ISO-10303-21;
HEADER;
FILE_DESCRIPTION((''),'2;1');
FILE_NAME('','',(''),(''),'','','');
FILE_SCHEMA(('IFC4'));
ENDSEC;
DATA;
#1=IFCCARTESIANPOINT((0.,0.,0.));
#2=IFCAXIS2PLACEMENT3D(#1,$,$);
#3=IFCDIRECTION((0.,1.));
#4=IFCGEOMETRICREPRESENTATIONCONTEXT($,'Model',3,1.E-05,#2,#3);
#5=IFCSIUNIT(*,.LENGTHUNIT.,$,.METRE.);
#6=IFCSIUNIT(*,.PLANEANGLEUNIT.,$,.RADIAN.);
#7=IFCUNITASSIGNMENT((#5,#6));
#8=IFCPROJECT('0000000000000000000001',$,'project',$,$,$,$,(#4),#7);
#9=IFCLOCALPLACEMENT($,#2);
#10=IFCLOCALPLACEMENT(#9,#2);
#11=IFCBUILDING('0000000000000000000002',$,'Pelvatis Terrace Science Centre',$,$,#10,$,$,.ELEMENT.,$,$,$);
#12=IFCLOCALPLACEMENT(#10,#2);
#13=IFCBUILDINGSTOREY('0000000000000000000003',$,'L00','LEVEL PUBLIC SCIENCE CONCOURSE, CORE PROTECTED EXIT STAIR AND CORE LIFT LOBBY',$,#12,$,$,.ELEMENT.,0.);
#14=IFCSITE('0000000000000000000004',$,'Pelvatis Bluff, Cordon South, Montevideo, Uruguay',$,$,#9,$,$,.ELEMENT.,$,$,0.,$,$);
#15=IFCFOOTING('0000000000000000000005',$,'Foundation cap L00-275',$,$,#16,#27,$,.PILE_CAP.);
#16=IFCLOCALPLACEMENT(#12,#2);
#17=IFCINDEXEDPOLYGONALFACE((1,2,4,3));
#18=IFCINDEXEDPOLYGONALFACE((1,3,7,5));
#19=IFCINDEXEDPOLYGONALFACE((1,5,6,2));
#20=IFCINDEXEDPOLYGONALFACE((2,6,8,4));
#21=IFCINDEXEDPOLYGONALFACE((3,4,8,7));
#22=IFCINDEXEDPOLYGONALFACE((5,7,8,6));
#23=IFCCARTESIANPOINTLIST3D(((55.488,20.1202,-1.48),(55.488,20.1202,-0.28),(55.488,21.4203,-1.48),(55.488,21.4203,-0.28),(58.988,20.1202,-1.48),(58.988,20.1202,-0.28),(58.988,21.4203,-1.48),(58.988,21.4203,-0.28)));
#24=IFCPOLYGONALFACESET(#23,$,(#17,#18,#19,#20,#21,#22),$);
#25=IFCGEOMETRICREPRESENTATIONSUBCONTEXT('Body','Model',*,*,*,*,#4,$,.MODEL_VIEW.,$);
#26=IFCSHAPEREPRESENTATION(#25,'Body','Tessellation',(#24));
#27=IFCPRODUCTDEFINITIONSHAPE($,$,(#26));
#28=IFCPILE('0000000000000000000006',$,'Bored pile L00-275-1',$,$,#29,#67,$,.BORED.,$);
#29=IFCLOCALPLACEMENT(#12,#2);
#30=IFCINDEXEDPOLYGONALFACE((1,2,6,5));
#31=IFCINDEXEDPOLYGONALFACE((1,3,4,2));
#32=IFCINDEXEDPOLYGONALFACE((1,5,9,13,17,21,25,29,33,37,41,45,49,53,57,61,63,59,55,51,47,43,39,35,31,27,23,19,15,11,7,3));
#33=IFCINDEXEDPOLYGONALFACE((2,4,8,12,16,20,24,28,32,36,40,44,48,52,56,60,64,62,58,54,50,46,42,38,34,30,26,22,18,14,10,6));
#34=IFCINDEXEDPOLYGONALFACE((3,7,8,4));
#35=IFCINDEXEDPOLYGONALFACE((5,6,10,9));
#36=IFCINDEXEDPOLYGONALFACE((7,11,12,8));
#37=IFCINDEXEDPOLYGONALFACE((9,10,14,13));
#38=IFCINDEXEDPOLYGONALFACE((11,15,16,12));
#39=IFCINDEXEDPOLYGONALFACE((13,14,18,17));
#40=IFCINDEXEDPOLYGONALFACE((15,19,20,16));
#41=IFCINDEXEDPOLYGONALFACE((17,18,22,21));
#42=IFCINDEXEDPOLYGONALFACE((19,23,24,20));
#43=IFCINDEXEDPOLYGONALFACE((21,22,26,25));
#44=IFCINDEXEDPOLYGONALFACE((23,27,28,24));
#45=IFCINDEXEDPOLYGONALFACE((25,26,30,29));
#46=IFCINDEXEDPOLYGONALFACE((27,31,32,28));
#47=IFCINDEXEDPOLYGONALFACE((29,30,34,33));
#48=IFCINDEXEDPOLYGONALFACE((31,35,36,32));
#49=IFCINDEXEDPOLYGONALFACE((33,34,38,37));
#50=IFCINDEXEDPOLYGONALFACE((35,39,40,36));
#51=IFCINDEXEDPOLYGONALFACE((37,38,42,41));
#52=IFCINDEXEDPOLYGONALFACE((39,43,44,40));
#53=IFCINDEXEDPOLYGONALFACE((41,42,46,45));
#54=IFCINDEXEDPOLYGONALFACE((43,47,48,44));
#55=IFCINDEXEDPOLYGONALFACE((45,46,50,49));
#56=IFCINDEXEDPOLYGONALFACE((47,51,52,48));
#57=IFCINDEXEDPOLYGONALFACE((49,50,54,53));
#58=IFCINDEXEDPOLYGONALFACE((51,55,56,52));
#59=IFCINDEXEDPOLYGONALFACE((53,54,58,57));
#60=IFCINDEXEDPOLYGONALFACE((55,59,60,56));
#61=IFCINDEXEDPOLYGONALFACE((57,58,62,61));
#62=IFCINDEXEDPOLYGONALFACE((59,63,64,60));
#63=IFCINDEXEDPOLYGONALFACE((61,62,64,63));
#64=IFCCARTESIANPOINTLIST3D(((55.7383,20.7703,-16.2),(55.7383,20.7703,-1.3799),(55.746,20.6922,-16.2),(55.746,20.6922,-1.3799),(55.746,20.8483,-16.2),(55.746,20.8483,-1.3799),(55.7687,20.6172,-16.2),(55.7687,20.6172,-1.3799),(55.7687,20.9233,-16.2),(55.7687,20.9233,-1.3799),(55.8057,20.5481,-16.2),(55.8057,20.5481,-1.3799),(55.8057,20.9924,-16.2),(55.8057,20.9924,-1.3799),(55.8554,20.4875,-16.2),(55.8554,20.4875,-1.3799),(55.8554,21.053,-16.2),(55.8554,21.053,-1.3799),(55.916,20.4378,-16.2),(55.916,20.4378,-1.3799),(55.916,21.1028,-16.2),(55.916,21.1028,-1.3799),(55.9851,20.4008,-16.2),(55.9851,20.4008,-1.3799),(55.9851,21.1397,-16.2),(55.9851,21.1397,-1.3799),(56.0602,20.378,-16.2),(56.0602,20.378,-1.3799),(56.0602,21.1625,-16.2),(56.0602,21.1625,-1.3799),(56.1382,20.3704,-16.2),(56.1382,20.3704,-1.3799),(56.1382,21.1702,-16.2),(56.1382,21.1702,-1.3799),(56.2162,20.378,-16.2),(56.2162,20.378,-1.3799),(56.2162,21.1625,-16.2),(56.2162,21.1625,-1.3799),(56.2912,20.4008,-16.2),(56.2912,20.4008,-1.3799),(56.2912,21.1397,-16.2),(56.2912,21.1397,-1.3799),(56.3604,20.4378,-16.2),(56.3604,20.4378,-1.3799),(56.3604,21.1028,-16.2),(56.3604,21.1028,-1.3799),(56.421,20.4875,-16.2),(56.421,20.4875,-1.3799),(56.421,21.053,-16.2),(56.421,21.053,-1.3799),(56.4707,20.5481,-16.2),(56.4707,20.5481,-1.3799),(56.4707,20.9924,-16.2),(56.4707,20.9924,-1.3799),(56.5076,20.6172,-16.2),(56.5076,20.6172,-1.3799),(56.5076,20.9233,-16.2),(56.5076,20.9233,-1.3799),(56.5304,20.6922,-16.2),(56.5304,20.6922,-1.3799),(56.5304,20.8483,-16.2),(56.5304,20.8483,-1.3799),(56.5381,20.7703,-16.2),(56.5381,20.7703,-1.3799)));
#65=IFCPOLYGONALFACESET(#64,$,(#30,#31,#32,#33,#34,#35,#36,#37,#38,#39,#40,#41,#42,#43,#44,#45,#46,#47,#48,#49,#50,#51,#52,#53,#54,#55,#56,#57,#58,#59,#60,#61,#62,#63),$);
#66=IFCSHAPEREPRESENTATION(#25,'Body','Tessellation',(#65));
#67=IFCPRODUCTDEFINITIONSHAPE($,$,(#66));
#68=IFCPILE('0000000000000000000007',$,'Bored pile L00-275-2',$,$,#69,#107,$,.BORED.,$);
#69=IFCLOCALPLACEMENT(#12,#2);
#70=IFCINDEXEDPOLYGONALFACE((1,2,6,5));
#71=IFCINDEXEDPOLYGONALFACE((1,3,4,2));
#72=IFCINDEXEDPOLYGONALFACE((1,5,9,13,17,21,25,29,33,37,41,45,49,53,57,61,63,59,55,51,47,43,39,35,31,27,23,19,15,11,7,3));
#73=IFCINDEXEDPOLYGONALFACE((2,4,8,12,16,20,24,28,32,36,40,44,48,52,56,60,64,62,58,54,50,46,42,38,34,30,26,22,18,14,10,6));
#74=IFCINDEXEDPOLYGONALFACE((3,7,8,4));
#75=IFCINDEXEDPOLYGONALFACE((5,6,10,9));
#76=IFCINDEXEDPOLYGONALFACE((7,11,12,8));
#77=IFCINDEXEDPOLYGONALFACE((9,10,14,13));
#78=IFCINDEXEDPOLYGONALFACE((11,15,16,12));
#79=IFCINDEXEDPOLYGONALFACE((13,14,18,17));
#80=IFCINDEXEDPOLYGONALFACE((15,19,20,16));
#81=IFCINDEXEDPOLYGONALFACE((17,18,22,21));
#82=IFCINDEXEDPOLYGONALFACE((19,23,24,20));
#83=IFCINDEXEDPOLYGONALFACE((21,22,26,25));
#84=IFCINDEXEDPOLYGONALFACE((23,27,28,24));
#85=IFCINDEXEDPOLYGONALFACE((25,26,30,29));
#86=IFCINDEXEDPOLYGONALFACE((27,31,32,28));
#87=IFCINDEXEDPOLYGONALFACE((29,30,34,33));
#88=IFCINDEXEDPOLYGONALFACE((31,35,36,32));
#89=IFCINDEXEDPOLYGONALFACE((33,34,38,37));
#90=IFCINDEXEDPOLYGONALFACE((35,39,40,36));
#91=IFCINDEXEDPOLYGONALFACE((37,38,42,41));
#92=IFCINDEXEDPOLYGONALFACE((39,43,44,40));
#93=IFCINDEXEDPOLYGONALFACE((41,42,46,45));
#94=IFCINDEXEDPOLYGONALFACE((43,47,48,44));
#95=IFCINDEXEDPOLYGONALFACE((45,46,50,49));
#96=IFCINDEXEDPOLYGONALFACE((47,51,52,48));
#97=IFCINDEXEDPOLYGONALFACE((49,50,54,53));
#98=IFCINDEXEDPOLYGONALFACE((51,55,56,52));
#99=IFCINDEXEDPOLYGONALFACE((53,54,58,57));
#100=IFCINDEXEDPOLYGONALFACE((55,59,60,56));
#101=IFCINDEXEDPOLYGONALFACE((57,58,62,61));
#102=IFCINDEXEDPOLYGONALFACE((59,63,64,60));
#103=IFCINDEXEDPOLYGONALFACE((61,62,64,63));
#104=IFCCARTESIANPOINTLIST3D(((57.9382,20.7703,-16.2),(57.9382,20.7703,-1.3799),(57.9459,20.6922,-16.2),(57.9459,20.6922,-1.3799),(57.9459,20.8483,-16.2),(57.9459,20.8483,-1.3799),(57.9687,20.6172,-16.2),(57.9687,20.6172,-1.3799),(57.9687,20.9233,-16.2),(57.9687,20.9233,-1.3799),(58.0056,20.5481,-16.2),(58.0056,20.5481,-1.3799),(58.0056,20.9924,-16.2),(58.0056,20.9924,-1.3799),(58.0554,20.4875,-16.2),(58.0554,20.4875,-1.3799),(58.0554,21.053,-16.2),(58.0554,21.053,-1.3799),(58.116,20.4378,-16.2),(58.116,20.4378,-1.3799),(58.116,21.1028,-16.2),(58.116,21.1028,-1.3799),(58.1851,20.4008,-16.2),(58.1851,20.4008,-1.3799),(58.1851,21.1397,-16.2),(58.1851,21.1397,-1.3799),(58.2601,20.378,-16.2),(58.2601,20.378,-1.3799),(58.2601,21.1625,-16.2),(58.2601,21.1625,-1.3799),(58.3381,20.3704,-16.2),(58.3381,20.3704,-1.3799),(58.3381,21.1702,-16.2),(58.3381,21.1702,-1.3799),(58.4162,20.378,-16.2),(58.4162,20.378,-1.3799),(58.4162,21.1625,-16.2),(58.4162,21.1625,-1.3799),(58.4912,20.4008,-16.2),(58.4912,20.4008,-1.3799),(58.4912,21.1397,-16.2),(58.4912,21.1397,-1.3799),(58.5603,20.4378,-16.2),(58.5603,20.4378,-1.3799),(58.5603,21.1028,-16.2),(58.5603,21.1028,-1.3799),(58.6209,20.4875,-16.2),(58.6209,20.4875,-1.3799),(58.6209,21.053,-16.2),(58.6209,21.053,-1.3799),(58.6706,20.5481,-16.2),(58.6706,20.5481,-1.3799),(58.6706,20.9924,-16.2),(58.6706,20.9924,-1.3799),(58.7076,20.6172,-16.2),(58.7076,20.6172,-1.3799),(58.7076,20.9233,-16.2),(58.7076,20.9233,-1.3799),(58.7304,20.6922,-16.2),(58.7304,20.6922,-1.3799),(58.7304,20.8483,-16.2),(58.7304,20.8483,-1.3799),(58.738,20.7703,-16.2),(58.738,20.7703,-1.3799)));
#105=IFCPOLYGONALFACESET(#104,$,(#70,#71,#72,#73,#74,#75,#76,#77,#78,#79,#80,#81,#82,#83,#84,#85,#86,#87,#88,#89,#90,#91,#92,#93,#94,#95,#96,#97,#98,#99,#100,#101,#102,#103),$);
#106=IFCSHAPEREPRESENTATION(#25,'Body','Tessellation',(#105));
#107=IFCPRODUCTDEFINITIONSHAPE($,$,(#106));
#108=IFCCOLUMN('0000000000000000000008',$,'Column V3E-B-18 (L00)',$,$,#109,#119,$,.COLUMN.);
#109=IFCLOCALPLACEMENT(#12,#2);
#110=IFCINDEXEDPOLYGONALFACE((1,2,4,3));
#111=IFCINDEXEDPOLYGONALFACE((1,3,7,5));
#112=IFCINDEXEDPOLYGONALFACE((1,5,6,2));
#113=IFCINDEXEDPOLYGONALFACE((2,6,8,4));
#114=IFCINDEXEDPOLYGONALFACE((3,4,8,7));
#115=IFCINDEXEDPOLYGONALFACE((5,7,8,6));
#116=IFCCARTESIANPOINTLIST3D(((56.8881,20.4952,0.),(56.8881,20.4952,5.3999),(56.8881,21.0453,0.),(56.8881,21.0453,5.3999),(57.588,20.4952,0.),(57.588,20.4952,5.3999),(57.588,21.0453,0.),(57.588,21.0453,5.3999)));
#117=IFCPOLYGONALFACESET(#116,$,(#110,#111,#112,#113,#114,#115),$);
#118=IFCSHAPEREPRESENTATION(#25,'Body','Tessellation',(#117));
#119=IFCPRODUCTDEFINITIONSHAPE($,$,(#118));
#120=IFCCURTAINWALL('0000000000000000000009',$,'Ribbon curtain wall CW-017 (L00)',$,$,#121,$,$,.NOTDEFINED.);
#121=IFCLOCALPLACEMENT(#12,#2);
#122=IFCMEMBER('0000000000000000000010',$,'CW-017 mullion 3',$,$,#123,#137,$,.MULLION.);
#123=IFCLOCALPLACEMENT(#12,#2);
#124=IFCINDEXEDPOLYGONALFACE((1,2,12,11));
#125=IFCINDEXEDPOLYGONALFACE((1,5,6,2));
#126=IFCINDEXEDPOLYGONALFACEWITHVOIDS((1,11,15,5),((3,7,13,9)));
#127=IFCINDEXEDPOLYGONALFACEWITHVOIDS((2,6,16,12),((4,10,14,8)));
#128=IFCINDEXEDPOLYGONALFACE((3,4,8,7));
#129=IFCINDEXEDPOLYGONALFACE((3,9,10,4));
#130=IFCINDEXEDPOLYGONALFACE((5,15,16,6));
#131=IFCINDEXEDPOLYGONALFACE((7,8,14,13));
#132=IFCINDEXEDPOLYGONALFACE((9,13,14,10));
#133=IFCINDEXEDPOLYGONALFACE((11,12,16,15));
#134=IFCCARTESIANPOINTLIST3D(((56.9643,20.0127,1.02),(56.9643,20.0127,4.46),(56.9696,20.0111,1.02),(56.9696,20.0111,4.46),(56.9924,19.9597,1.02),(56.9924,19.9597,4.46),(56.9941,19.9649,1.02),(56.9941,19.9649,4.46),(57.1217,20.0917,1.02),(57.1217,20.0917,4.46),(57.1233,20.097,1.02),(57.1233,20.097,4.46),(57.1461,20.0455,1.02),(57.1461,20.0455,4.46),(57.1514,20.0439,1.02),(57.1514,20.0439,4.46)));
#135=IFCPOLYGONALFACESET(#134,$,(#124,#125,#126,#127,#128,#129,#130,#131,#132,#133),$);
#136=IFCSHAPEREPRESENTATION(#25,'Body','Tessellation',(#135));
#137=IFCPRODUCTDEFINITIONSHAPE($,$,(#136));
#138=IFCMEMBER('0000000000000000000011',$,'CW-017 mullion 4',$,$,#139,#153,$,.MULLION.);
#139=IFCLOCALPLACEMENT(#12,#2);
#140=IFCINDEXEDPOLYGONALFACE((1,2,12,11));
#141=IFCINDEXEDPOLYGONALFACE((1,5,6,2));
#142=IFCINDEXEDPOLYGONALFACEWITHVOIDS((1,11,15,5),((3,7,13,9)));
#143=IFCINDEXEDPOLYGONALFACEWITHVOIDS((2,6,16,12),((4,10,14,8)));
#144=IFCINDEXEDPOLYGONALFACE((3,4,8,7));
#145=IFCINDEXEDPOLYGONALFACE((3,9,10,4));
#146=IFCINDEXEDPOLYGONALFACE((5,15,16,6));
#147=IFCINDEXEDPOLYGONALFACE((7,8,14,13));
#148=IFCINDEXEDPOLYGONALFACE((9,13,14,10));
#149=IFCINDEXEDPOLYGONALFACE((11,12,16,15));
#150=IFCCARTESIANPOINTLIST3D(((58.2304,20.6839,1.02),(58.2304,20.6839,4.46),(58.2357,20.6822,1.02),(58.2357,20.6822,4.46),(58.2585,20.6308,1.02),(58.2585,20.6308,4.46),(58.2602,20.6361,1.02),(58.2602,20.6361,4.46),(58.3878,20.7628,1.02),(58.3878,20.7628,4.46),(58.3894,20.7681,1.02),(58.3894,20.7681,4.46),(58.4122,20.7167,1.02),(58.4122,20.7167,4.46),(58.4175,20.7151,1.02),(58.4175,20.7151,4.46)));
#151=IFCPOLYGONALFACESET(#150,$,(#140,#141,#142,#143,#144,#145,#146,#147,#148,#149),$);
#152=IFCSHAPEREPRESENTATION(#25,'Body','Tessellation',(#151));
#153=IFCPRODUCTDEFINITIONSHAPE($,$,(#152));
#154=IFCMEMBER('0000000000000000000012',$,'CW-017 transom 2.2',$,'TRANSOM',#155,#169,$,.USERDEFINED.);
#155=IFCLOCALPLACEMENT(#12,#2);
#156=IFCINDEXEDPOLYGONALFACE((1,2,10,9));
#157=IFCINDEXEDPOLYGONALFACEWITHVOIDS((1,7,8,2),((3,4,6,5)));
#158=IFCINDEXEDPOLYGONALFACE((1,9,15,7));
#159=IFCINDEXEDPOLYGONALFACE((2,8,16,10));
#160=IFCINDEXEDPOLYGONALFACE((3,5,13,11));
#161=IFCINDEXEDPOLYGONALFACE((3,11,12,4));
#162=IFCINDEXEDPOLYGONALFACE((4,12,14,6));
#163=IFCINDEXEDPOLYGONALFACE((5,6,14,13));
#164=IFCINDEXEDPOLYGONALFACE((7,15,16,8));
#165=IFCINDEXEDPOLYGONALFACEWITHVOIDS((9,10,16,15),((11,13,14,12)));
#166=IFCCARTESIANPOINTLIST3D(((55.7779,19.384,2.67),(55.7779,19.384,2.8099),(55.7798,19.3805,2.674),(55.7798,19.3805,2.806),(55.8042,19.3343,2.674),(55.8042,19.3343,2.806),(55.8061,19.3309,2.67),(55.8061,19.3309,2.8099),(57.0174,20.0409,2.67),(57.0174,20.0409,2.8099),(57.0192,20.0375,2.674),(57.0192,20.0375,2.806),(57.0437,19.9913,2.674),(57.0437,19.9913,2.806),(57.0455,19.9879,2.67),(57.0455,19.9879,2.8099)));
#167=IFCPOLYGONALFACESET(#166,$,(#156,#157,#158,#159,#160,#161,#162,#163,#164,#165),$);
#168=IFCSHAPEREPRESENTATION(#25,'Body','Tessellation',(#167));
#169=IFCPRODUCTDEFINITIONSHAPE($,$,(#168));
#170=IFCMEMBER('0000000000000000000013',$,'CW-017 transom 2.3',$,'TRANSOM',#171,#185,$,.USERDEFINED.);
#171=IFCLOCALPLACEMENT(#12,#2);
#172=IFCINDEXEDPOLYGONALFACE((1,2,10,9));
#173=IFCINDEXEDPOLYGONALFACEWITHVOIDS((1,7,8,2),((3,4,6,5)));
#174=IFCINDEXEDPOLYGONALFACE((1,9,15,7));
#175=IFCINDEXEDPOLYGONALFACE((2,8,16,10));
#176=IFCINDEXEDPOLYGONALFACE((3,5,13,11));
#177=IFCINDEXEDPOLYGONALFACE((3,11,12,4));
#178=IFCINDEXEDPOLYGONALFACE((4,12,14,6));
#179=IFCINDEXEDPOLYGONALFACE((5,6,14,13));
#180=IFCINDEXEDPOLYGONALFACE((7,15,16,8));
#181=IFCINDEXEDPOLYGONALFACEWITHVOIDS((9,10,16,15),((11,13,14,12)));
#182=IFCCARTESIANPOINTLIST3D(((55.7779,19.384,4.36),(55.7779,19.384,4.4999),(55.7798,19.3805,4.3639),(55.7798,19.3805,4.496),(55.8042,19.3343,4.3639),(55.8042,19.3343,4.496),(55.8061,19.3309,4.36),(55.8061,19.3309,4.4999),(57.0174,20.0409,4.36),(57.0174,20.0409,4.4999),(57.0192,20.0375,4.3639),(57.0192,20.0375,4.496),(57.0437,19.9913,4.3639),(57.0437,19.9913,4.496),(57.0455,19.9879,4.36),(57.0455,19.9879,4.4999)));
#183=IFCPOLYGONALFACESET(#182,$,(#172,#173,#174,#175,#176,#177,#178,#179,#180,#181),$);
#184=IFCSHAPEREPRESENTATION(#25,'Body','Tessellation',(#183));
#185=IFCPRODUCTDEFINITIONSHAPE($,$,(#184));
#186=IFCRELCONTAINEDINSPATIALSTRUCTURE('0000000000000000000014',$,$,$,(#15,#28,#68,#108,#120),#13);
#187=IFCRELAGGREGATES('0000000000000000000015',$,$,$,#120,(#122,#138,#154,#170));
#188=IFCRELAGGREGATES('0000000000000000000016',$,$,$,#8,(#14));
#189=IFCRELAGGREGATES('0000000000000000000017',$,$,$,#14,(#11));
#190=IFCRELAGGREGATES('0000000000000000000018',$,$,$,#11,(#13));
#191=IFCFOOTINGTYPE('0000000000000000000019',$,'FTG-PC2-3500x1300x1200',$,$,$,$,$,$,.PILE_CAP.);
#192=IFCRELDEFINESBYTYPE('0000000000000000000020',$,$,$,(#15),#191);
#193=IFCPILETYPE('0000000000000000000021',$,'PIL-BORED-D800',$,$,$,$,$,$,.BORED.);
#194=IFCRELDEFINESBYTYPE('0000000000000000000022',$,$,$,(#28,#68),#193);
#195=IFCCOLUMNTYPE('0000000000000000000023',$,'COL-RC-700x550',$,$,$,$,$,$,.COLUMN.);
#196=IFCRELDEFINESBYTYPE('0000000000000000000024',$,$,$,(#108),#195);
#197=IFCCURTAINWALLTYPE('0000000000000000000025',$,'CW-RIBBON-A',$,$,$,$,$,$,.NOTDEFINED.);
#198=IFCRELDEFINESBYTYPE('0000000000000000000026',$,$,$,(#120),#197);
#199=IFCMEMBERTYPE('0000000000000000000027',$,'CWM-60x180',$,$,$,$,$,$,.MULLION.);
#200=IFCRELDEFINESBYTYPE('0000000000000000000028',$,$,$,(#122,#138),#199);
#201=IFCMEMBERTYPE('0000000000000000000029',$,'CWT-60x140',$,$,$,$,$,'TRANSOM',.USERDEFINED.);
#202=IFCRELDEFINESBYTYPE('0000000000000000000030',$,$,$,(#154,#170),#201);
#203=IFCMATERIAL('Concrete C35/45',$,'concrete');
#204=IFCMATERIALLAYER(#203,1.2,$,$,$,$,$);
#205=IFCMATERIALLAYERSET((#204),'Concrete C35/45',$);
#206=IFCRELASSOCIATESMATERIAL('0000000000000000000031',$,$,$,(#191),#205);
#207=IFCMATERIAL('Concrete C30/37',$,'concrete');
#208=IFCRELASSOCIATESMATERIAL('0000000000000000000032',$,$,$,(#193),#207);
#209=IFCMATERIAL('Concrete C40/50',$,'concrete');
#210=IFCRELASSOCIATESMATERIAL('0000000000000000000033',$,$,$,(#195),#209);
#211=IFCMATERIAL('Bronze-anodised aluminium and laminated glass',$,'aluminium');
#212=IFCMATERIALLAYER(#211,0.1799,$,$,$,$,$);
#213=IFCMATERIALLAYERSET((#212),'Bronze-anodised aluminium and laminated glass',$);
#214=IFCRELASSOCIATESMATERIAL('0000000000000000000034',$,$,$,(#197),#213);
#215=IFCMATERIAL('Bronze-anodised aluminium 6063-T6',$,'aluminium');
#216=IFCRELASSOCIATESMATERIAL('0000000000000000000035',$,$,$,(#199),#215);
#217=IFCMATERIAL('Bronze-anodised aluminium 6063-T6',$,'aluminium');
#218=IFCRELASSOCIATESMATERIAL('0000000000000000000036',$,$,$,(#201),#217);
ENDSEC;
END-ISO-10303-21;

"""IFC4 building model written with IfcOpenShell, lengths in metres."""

from ifc_helpers import new_model, si_unit, direction, frame, origin, origin_2d, place, context, subcontext, project, spatial, rectangle, hollow_rectangle, circle, extrude, material, layer, layer_set, material_profile, profile_set, type_object, element, aggregate, save


model = new_model("IFC4")

# Units and contexts
model_context = context("Model", 3, precision=1e-05, world=origin(), true_north=direction((0.0, 1.0)))
body_context = subcontext(model_context, "Body", "Model", "MODEL_VIEW")
ifc_project = project(units=[si_unit("LENGTHUNIT", "METRE"), si_unit("PLANEANGLEUNIT", "RADIAN")], contexts=[model_context])

# Site, building, storey
site_placement = place(None, origin())
site = spatial("IfcSite", under=ifc_project, at=site_placement, Name="Pelvatis Bluff, Cordon South, Montevideo, Uruguay", CompositionType="ELEMENT", RefElevation=0.0)
building_placement = place(site_placement, origin())
building = spatial("IfcBuilding", under=site, at=building_placement, Name="Pelvatis Terrace Science Centre", CompositionType="ELEMENT")
storey_placement = place(building_placement, origin())
storey = spatial("IfcBuildingStorey", under=building, at=storey_placement, Name="L00", Description="LEVEL PUBLIC SCIENCE CONCOURSE, CORE PROTECTED EXIT STAIR AND CORE LIFT LOBBY", CompositionType="ELEMENT", Elevation=0.0)

# Footing
ifc_material_1 = material(Name="Concrete C35/45", Category="concrete")
ifc_layer_1 = layer(ifc_material_1, 1.2)
ifc_layer_set_1 = layer_set([ifc_layer_1], Name="Concrete C35/45")
footing_type = type_object("IfcFootingType", Name="FTG-PC2-3500x1300x1200", PredefinedType="PILE_CAP", material=ifc_layer_set_1)
footing_placement = place(storey_placement, frame((57.238, 20.7703, -1.48), z_axis=(0.0, 0.0, 1.0), x_axis=(1.0, 0.0, 0.0)))
element("IfcFooting", 1, at=footing_placement, inside=storey, type_object=footing_type, Name="Foundation cap L00-275", PredefinedType="PILE_CAP", context=body_context, shape_type="SweptSolid", body=[
    extrude(rectangle(XDim=3.5, YDim=1.3, at=origin_2d()), origin(), (0.0, 0.0, 1.0), 1.2),
])

# Piles
ifc_material_2 = material(Name="Concrete C30/37", Category="concrete")
ifc_material_profile_1 = material_profile(ifc_material_2, circle(Radius=0.3999, at=origin_2d()), Name="PILE D800")
ifc_profile_set_1 = profile_set([ifc_material_profile_1], Name="Concrete C30/37")
pile_type = type_object("IfcPileType", Name="PIL-BORED-D800", PredefinedType="BORED", material=ifc_profile_set_1)
for number, where, z_axis, x_axis, name in (
    (2, (56.1382, 20.7703, -1.3799), (0.0, 0.0, -1.0), (1.0, 0.0, 0.0), "Bored pile L00-275-1"),
    (3, (58.3381, 20.7703, -1.3799), (0.0, 0.0, -1.0), (1.0, 0.0, 0.0), "Bored pile L00-275-2"),
):
    element("IfcPile", number, at=place(storey_placement, frame(where, z_axis=z_axis, x_axis=x_axis)), inside=storey, type_object=pile_type, Name=name, PredefinedType="BORED", context=body_context, shape_type="SweptSolid", body=[
        extrude(circle(Radius=0.3999, at=origin_2d()), origin(), (0.0, 0.0, 1.0), 14.8201),
    ])

# Column
ifc_material_3 = material(Name="Concrete C40/50", Category="concrete")
ifc_material_profile_2 = material_profile(ifc_material_3, rectangle(XDim=0.7, YDim=0.55, at=origin_2d()), Name="RC-COL 700x550")
ifc_profile_set_2 = profile_set([ifc_material_profile_2], Name="Concrete C40/50")
column_type = type_object("IfcColumnType", Name="COL-RC-700x550", PredefinedType="COLUMN", material=ifc_profile_set_2)
column_placement = place(storey_placement, frame((57.238, 20.7703, 0.0), z_axis=(0.0, 0.0, 1.0), x_axis=(1.0, 0.0, 0.0)))
element("IfcColumn", 4, at=column_placement, inside=storey, type_object=column_type, Name="Column V3E-B-18 (L00)", PredefinedType="COLUMN", context=body_context, shape_type="SweptSolid", body=[
    extrude(rectangle(XDim=0.7, YDim=0.55, at=origin_2d()), origin(), (0.0, 0.0, 1.0), 5.3999),
])

# Curtain wall, members
ifc_material_4 = material(Name="Bronze-anodised aluminium and laminated glass", Category="aluminium")
ifc_layer_2 = layer(ifc_material_4, 0.1799)
ifc_layer_set_2 = layer_set([ifc_layer_2], Name="Bronze-anodised aluminium and laminated glass")
curtain_wall_type = type_object("IfcCurtainWallType", Name="CW-RIBBON-A", PredefinedType="NOTDEFINED", material=ifc_layer_set_2)
curtain_wall_placement = place(storey_placement, origin())
curtain_wall = element("IfcCurtainWall", 5, at=curtain_wall_placement, inside=storey, type_object=curtain_wall_type, Name="Ribbon curtain wall CW-017 (L00)", PredefinedType="NOTDEFINED")
ifc_material_5 = material(Name="Bronze-anodised aluminium 6063-T6", Category="aluminium")
ifc_material_profile_3 = material_profile(ifc_material_5, hollow_rectangle(XDim=0.0601, YDim=0.1799, WallThickness=0.0039, at=origin_2d()), Name="ALU-MUL 60x180")
ifc_profile_set_3 = profile_set([ifc_material_profile_3], Name="Bronze-anodised aluminium 6063-T6")
member_type_1 = type_object("IfcMemberType", Name="CWM-60x180", PredefinedType="MULLION", material=ifc_profile_set_3)
member_1_placement = place(storey_placement, frame((57.0579, 20.0283, 1.02), z_axis=(0.0, 0.0, 1.0), x_axis=(-0.468298, 0.883571, 0.0)))
member_1 = element("IfcMember", 6, at=member_1_placement, type_object=member_type_1, Name="CW-017 mullion 3", PredefinedType="MULLION", context=body_context, shape_type="SweptSolid", body=[
    extrude(hollow_rectangle(XDim=0.0601, YDim=0.1799, WallThickness=0.0039, at=origin_2d()), origin(), (0.0, 0.0, 1.0), 3.4399),
])
member_2_placement = place(storey_placement, frame((58.324, 20.6995, 1.02), z_axis=(0.0, 0.0, 1.0), x_axis=(-0.468298, 0.883571, 0.0)))
member_2 = element("IfcMember", 7, at=member_2_placement, type_object=member_type_1, Name="CW-017 mullion 4", PredefinedType="MULLION", context=body_context, shape_type="SweptSolid", body=[
    extrude(hollow_rectangle(XDim=0.0601, YDim=0.1799, WallThickness=0.0039, at=origin_2d()), origin(), (0.0, 0.0, 1.0), 3.4399),
])
ifc_material_6 = material(Name="Bronze-anodised aluminium 6063-T6", Category="aluminium")
ifc_material_profile_4 = material_profile(ifc_material_6, hollow_rectangle(XDim=0.0601, YDim=0.1399, WallThickness=0.0039, at=origin_2d()), Name="ALU-TRN 60x140")
ifc_profile_set_4 = profile_set([ifc_material_profile_4], Name="Bronze-anodised aluminium 6063-T6")
member_type_2 = type_object("IfcMemberType", Name="CWT-60x140", ElementType="TRANSOM", PredefinedType="USERDEFINED", material=ifc_profile_set_4)
member_3_placement = place(storey_placement, frame((55.792, 19.3574, 2.74), z_axis=(0.883559, 0.468319, 0.0), x_axis=(-0.468319, 0.883559, 0.0)))
member_3 = element("IfcMember", 8, at=member_3_placement, type_object=member_type_2, Name="CW-017 transom 2.2", ObjectType="TRANSOM", PredefinedType="USERDEFINED", context=body_context, shape_type="SweptSolid", body=[
    extrude(hollow_rectangle(XDim=0.0601, YDim=0.1399, WallThickness=0.0039, at=origin_2d()), origin(), (0.0, 0.0, 1.0), 1.4028),
])
member_4_placement = place(storey_placement, frame((55.792, 19.3574, 4.4299), z_axis=(0.883559, 0.468319, 0.0), x_axis=(-0.468319, 0.883559, 0.0)))
member_4 = element("IfcMember", 9, at=member_4_placement, type_object=member_type_2, Name="CW-017 transom 2.3", ObjectType="TRANSOM", PredefinedType="USERDEFINED", context=body_context, shape_type="SweptSolid", body=[
    extrude(hollow_rectangle(XDim=0.0601, YDim=0.1399, WallThickness=0.0039, at=origin_2d()), origin(), (0.0, 0.0, 1.0), 1.4028),
])

aggregate(curtain_wall, [member_1, member_2, member_3, member_4])

save(model, "model.ifc")
